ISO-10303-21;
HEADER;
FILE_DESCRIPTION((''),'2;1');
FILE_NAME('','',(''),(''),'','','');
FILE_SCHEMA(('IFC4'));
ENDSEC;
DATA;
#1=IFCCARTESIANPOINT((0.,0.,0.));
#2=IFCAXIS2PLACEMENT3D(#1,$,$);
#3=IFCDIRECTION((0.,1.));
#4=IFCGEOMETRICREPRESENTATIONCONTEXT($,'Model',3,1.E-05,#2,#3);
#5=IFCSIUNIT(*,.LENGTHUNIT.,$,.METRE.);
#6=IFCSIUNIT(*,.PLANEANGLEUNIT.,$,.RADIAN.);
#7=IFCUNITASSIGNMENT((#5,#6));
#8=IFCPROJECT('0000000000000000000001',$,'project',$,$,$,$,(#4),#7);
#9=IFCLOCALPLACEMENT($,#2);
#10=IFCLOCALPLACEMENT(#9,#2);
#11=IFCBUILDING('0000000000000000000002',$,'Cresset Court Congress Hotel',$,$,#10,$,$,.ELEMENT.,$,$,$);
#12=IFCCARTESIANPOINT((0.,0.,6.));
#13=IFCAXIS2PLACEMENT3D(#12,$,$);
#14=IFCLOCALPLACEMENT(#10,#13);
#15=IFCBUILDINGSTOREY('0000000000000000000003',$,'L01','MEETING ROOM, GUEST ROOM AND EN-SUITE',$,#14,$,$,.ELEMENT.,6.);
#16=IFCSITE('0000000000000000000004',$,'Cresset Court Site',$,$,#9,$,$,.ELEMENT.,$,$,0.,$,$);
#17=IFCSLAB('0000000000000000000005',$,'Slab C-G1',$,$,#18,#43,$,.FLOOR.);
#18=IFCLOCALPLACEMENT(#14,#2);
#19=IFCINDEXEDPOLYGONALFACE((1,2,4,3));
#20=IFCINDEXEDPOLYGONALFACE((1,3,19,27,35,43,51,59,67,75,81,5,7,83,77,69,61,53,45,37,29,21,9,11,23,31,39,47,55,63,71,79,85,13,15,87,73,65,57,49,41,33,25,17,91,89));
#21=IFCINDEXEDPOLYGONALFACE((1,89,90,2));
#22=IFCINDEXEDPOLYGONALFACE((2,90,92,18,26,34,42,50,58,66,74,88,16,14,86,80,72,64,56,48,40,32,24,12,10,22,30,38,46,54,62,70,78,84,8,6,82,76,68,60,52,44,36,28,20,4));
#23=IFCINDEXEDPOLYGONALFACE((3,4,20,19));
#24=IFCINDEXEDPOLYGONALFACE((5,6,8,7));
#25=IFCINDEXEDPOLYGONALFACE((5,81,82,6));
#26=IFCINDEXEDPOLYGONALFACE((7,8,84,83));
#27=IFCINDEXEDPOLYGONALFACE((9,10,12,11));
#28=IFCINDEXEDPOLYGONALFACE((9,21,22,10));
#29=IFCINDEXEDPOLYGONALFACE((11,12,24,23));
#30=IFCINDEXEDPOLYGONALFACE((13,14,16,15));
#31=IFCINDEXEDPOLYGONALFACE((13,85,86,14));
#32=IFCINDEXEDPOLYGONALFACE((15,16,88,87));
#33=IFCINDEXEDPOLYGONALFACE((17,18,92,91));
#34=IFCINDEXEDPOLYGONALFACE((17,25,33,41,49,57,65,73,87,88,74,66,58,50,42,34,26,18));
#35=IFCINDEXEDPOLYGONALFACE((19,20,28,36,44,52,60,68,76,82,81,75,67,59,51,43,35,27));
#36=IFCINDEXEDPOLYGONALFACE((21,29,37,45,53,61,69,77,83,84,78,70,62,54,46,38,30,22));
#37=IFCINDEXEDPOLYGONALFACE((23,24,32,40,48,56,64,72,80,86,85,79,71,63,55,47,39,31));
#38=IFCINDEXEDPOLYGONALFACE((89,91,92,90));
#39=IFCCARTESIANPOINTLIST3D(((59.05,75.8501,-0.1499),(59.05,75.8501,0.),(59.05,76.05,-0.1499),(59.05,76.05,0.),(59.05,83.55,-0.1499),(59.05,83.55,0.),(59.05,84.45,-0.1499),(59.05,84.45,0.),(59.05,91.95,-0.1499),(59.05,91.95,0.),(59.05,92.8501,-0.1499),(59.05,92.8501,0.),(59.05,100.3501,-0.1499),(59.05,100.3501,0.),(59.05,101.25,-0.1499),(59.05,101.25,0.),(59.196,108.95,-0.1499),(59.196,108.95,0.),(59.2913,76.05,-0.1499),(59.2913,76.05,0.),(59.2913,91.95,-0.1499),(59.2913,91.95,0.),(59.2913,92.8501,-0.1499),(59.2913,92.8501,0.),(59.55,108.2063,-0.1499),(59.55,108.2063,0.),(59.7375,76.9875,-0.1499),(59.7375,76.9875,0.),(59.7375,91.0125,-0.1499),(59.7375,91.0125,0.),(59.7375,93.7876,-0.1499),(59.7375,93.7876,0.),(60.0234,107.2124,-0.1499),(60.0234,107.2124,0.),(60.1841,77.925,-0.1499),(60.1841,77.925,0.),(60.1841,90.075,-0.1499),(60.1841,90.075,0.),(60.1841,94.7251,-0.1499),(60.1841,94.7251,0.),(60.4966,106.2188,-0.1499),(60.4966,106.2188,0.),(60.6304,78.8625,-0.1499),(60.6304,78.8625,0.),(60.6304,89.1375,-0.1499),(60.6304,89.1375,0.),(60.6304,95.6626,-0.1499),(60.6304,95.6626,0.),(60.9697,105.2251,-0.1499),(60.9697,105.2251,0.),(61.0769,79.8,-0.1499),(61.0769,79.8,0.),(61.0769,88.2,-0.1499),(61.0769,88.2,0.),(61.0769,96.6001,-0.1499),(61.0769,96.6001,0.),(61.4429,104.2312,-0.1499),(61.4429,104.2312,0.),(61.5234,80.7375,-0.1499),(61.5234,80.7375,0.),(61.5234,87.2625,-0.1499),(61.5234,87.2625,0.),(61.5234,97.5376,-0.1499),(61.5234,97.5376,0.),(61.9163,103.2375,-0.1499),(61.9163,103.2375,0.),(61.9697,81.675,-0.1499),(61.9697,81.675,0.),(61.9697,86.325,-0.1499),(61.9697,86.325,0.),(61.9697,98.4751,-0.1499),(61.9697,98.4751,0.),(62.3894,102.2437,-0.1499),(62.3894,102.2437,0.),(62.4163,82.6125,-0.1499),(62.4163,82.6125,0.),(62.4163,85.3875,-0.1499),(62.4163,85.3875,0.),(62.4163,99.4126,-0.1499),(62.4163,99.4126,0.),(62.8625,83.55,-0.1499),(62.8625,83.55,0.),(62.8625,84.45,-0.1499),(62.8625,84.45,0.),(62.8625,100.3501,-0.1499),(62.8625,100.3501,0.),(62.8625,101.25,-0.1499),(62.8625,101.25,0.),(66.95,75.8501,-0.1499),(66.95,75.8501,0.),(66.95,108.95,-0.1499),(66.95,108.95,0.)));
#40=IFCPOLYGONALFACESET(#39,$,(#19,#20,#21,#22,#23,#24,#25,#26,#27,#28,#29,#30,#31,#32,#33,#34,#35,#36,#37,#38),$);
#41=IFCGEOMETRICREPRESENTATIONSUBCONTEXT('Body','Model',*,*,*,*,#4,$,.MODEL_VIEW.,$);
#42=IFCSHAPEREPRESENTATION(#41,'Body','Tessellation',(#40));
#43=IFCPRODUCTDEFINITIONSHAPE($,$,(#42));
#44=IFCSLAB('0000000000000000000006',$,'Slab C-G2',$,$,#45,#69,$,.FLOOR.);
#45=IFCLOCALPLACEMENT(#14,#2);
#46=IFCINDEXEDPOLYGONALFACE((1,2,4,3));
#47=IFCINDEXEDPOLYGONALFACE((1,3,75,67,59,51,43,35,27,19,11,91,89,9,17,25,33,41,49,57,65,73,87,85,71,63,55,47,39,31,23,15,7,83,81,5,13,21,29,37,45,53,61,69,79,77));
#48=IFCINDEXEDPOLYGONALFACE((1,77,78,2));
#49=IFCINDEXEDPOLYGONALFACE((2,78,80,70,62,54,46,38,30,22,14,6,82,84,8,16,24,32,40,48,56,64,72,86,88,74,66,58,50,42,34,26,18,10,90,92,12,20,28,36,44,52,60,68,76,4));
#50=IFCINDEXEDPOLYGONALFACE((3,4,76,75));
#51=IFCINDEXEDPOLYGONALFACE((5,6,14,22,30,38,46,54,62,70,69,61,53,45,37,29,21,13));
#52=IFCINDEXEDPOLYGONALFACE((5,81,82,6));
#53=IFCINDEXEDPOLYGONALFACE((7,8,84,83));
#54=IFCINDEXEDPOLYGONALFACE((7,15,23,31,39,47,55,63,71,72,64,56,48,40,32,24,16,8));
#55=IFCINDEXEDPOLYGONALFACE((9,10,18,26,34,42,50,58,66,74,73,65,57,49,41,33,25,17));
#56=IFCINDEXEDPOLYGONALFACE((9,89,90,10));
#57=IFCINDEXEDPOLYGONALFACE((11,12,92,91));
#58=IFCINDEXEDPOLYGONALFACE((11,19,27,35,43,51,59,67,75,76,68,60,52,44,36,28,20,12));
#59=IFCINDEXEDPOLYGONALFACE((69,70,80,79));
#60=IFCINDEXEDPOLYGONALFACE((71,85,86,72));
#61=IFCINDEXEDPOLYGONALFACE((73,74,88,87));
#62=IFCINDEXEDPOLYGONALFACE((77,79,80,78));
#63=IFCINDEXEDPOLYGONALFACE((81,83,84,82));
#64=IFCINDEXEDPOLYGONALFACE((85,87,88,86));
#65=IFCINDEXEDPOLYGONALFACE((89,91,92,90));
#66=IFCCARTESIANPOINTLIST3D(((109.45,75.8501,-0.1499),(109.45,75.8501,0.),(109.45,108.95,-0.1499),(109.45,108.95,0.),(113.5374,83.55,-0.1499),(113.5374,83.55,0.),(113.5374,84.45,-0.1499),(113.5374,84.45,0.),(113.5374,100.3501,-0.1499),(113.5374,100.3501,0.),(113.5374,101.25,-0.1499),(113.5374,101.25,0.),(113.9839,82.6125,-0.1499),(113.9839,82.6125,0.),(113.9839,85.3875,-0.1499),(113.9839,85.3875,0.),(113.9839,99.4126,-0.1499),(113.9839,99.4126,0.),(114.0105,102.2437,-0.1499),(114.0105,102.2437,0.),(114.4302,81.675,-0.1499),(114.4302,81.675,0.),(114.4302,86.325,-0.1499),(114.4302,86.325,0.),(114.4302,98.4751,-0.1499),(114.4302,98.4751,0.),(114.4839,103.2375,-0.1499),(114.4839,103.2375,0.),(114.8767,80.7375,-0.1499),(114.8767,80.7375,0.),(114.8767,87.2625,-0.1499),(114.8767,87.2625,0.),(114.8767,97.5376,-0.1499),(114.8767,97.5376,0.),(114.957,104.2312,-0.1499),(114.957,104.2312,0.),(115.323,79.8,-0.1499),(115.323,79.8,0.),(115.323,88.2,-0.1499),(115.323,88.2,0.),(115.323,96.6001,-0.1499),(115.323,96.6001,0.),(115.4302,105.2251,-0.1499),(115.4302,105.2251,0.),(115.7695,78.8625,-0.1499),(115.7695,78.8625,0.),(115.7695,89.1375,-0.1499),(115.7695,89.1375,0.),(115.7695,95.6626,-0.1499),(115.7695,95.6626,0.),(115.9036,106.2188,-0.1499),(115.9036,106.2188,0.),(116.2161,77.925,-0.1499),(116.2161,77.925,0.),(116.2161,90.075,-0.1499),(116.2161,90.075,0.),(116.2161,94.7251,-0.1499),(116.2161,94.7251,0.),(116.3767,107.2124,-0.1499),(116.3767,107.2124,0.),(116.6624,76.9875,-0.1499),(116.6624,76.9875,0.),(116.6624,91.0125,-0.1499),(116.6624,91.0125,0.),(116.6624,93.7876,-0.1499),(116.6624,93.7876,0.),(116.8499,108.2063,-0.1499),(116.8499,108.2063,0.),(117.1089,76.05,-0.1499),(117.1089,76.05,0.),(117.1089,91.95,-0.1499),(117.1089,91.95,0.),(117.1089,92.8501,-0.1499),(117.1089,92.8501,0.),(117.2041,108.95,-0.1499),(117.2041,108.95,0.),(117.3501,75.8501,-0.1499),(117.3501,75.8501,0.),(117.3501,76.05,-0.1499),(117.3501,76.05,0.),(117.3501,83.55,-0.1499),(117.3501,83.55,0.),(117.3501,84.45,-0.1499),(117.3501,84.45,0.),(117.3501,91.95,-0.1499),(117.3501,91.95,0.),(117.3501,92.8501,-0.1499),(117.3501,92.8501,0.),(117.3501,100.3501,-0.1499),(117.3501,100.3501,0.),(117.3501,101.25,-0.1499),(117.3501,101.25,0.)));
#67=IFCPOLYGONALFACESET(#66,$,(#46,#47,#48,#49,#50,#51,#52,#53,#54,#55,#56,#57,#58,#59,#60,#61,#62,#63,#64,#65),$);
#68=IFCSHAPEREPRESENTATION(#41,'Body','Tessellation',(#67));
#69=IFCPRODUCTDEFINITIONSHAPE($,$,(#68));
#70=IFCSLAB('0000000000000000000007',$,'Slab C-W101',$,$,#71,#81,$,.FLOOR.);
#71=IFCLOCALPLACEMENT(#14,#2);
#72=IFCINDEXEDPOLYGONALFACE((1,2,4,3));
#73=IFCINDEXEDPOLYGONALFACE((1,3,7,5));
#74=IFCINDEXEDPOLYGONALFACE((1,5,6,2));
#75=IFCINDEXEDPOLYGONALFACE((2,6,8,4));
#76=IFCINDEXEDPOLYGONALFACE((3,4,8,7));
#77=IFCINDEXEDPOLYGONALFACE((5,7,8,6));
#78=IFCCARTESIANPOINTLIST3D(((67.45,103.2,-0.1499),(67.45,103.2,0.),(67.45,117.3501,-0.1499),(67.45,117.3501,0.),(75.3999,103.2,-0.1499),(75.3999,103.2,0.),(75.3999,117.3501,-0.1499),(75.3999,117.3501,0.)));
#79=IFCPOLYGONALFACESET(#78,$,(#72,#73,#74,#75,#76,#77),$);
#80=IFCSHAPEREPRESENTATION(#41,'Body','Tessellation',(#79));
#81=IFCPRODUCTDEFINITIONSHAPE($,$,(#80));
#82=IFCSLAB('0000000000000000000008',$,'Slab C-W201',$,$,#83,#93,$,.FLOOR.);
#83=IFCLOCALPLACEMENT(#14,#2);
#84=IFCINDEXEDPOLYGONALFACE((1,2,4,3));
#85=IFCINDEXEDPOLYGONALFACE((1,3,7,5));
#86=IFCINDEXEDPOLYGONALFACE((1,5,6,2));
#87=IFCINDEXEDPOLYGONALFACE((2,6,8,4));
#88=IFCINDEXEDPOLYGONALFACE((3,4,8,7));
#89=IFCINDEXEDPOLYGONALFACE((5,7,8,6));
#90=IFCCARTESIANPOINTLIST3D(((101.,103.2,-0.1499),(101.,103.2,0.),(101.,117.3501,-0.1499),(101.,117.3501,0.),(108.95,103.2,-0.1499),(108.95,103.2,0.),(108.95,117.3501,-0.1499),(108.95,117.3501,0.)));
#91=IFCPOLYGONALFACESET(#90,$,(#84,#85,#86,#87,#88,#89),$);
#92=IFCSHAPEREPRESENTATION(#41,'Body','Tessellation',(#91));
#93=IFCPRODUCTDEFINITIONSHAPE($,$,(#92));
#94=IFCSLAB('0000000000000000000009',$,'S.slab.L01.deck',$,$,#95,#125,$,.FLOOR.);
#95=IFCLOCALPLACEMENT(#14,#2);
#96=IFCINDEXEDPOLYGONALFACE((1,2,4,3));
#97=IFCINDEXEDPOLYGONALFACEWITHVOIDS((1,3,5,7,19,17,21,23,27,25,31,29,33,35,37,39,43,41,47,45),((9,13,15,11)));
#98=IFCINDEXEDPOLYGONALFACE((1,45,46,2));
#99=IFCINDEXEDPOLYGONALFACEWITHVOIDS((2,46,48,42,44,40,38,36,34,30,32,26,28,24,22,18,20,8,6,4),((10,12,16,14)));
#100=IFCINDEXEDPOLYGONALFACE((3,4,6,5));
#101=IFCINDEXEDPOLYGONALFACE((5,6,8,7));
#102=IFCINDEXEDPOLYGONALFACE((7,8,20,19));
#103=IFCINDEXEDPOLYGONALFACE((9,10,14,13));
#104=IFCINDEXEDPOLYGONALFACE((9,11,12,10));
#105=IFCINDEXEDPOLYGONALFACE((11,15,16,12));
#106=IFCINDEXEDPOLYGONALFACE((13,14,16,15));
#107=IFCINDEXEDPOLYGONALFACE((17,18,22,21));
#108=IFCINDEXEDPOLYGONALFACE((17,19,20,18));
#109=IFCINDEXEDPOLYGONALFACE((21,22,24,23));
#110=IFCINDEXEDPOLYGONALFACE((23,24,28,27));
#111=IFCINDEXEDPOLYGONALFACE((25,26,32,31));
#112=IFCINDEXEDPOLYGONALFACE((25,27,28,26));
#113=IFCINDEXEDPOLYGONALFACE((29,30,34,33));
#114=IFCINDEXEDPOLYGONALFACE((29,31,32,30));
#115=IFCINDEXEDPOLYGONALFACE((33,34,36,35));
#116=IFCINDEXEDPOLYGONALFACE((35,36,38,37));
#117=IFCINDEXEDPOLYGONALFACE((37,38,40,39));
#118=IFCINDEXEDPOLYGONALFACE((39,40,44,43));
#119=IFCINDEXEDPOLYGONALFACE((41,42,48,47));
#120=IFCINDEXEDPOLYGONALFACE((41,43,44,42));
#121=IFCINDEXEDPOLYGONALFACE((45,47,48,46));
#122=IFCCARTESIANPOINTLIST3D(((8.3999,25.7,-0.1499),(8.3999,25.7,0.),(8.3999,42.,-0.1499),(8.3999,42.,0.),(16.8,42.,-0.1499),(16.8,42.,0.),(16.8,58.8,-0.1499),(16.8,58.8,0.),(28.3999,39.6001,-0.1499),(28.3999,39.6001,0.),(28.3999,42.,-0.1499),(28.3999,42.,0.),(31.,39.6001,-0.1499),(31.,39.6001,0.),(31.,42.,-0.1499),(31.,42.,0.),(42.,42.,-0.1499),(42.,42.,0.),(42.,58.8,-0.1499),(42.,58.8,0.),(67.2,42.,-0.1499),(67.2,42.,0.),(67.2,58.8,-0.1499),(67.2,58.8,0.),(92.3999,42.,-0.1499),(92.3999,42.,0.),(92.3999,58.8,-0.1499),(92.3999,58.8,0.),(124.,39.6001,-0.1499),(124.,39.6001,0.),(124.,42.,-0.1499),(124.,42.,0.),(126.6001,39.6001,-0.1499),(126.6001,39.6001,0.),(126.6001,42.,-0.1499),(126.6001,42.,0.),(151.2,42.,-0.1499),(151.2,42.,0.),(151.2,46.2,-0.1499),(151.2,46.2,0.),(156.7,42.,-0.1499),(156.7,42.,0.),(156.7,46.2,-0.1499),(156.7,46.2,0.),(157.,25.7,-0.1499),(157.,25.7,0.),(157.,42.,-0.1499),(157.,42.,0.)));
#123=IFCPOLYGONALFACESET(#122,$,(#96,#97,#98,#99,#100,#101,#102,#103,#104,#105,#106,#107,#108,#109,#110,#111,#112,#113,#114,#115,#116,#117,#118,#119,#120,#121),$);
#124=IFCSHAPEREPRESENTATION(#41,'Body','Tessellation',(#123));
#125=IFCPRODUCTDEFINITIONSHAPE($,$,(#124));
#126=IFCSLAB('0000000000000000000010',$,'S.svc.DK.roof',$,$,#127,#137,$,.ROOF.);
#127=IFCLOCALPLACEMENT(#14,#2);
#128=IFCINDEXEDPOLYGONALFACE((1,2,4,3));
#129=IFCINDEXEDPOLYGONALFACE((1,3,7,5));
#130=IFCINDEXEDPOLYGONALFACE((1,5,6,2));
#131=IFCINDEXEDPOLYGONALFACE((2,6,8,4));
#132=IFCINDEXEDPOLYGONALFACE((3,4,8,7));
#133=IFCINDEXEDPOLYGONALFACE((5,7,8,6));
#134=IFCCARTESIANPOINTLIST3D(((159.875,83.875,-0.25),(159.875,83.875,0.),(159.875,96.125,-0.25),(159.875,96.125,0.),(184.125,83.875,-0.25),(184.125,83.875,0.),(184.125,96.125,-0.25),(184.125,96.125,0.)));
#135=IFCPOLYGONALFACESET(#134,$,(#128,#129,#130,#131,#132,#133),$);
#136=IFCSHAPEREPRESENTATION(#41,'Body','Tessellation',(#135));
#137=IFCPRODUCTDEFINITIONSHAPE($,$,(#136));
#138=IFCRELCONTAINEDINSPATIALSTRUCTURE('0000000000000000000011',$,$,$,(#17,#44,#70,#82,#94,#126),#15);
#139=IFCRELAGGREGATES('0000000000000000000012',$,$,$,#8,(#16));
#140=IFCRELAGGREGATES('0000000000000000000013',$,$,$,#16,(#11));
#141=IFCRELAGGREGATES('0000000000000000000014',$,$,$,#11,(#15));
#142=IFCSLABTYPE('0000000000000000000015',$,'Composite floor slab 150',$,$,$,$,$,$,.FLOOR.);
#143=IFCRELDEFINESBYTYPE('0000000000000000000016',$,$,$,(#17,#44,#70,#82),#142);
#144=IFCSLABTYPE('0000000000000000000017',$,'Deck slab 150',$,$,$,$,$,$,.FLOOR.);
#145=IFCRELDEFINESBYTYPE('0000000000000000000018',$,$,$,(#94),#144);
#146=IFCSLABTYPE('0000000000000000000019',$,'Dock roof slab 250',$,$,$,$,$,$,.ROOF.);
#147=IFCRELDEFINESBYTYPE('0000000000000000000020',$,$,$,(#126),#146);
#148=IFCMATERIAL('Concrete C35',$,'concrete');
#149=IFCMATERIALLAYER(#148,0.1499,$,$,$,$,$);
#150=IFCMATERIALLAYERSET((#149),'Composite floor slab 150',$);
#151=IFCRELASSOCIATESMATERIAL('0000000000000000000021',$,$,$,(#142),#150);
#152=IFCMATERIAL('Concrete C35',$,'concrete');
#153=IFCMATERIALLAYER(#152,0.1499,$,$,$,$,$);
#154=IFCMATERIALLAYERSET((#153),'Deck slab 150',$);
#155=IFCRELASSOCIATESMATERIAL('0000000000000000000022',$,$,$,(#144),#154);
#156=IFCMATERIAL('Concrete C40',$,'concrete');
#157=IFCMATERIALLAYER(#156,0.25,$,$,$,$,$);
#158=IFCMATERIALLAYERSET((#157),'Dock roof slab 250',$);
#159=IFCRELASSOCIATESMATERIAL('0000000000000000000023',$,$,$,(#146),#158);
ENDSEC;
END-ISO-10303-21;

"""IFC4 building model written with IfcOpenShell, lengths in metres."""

from ifc_helpers import new_model, si_unit, direction, frame, origin, place, context, subcontext, project, spatial, polyline, outline, extrude, material, layer, layer_set, type_object, element, save


model = new_model("IFC4")

# Units and contexts
model_context = context("Model", 3, precision=1e-05, world=origin(), true_north=direction((0.0, 1.0)))
body_context = subcontext(model_context, "Body", "Model", "MODEL_VIEW")
ifc_project = project(units=[si_unit("LENGTHUNIT", "METRE"), si_unit("PLANEANGLEUNIT", "RADIAN")], contexts=[model_context])

# Site, building, storey
site_placement = place(None, origin())
site = spatial("IfcSite", under=ifc_project, at=site_placement, Name="Cresset Court Site", CompositionType="ELEMENT", RefElevation=0.0)
building_placement = place(site_placement, origin())
building = spatial("IfcBuilding", under=site, at=building_placement, Name="Cresset Court Congress Hotel", CompositionType="ELEMENT")
storey_placement = place(building_placement, frame((0.0, 0.0, 6.0)))
storey = spatial("IfcBuildingStorey", under=building, at=storey_placement, Name="L01", Description="MEETING ROOM, GUEST ROOM AND EN-SUITE", CompositionType="ELEMENT", Elevation=6.0)

# Slabs
ifc_material_1 = material(Name="Concrete C35", Category="concrete")
ifc_layer_1 = layer(ifc_material_1, 0.1499)
ifc_layer_set_1 = layer_set([ifc_layer_1], Name="Composite floor slab 150")
slab_type_1 = type_object("IfcSlabType", Name="Composite floor slab 150", PredefinedType="FLOOR", material=ifc_layer_set_1)
slab_1_placement = place(storey_placement, frame((0.0, 0.0, -0.1499)))
element("IfcSlab", 1, at=slab_1_placement, inside=storey, type_object=slab_type_1, Name="Slab C-G1", PredefinedType="FLOOR", context=body_context, shape_type="SweptSolid", body=[
    extrude(outline(polyline([(66.95, 108.95), (66.95, 75.8501), (59.05, 75.8501), (59.05, 76.05), (59.2913, 76.05), (59.7375, 76.9875), (60.1841, 77.925), (60.6304, 78.8625), (61.0769, 79.8), (61.5234, 80.7375), (61.9697, 81.675), (62.4163, 82.6125), (62.8625, 83.55), (59.05, 83.55), (59.05, 84.45), (62.8625, 84.45), (62.4163, 85.3875), (61.9697, 86.325), (61.5234, 87.2625), (61.0769, 88.2), (60.6304, 89.1375), (60.1841, 90.075), (59.7375, 91.0125), (59.2913, 91.95), (59.05, 91.95), (59.05, 92.8501), (59.2913, 92.8501), (59.7375, 93.7876), (60.1841, 94.7251), (60.6304, 95.6626), (61.0769, 96.6001), (61.5234, 97.5376), (61.9697, 98.4751), (62.4163, 99.4126), (62.8625, 100.3501), (59.05, 100.3501), (59.05, 101.25), (62.8625, 101.25), (62.3894, 102.2437), (61.9163, 103.2375), (61.4429, 104.2312), (60.9697, 105.2251), (60.4966, 106.2188), (60.0234, 107.2124), (59.55, 108.2063), (59.196, 108.95), (66.95, 108.95)])), origin(), (0.0, 0.0, 1.0), 0.1499),
])
slab_2_placement = place(storey_placement, frame((0.0, 0.0, -0.1499)))
element("IfcSlab", 2, at=slab_2_placement, inside=storey, type_object=slab_type_1, Name="Slab C-G2", PredefinedType="FLOOR", context=body_context, shape_type="SweptSolid", body=[
    extrude(outline(polyline([(109.45, 108.95), (117.2041, 108.95), (116.8499, 108.2063), (116.3767, 107.2124), (115.9036, 106.2188), (115.4302, 105.2251), (114.957, 104.2312), (114.4839, 103.2375), (114.0105, 102.2437), (113.5374, 101.25), (117.3501, 101.25), (117.3501, 100.3501), (113.5374, 100.3501), (113.9839, 99.4126), (114.4302, 98.4751), (114.8767, 97.5376), (115.323, 96.6001), (115.7695, 95.6626), (116.2161, 94.7251), (116.6624, 93.7876), (117.1089, 92.8501), (117.3501, 92.8501), (117.3501, 91.95), (117.1089, 91.95), (116.6624, 91.0125), (116.2161, 90.075), (115.7695, 89.1375), (115.323, 88.2), (114.8767, 87.2625), (114.4302, 86.325), (113.9839, 85.3875), (113.5374, 84.45), (117.3501, 84.45), (117.3501, 83.55), (113.5374, 83.55), (113.9839, 82.6125), (114.4302, 81.675), (114.8767, 80.7375), (115.323, 79.8), (115.7695, 78.8625), (116.2161, 77.925), (116.6624, 76.9875), (117.1089, 76.05), (117.3501, 76.05), (117.3501, 75.8501), (109.45, 75.8501), (109.45, 108.95)])), origin(), (0.0, 0.0, 1.0), 0.1499),
])
slab_3_placement = place(storey_placement, frame((0.0, 0.0, -0.1499)))
element("IfcSlab", 3, at=slab_3_placement, inside=storey, type_object=slab_type_1, Name="Slab C-W101", PredefinedType="FLOOR", context=body_context, shape_type="SweptSolid", body=[
    extrude(outline(polyline([(75.3999, 103.2), (75.3999, 117.3501), (67.45, 117.3501), (67.45, 103.2), (75.3999, 103.2)])), origin(), (0.0, 0.0, 1.0), 0.1499),
])
slab_4_placement = place(storey_placement, frame((0.0, 0.0, -0.1499)))
element("IfcSlab", 4, at=slab_4_placement, inside=storey, type_object=slab_type_1, Name="Slab C-W201", PredefinedType="FLOOR", context=body_context, shape_type="SweptSolid", body=[
    extrude(outline(polyline([(108.95, 103.2), (108.95, 117.3501), (101.0, 117.3501), (101.0, 103.2), (108.95, 103.2)])), origin(), (0.0, 0.0, 1.0), 0.1499),
])
ifc_material_2 = material(Name="Concrete C35", Category="concrete")
ifc_layer_2 = layer(ifc_material_2, 0.1499)
ifc_layer_set_2 = layer_set([ifc_layer_2], Name="Deck slab 150")
slab_type_2 = type_object("IfcSlabType", Name="Deck slab 150", PredefinedType="FLOOR", material=ifc_layer_set_2)
slab_5_placement = place(storey_placement, frame((0.0, 0.0, -0.1499)))
element("IfcSlab", 5, at=slab_5_placement, inside=storey, type_object=slab_type_2, Name="S.slab.L01.deck", PredefinedType="FLOOR", context=body_context, shape_type="SweptSolid", body=[
    extrude(outline(polyline([(151.2, 42.0), (151.2, 46.2), (156.7, 46.2), (156.7, 42.0), (157.0, 42.0), (157.0, 25.7), (8.3999, 25.7), (8.3999, 42.0), (16.8, 42.0), (16.8, 58.8), (42.0, 58.8), (42.0, 42.0), (67.2, 42.0), (67.2, 58.8), (92.3999, 58.8), (92.3999, 42.0), (124.0, 42.0), (124.0, 39.6001), (126.6001, 39.6001), (126.6001, 42.0), (151.2, 42.0)]), holes=[polyline([(28.3999, 39.6001), (31.0, 39.6001), (31.0, 42.0), (28.3999, 42.0), (28.3999, 39.6001)])]), origin(), (0.0, 0.0, 1.0), 0.1499),
])
ifc_material_3 = material(Name="Concrete C40", Category="concrete")
ifc_layer_3 = layer(ifc_material_3, 0.25)
ifc_layer_set_3 = layer_set([ifc_layer_3], Name="Dock roof slab 250")
slab_type_3 = type_object("IfcSlabType", Name="Dock roof slab 250", PredefinedType="ROOF", material=ifc_layer_set_3)
slab_6_placement = place(storey_placement, frame((0.0, 0.0, -0.25)))
element("IfcSlab", 6, at=slab_6_placement, inside=storey, type_object=slab_type_3, Name="S.svc.DK.roof", PredefinedType="ROOF", context=body_context, shape_type="SweptSolid", body=[
    extrude(outline(polyline([(159.875, 83.875), (184.125, 83.875), (184.125, 96.125), (159.875, 96.125), (159.875, 83.875)])), origin(), (0.0, 0.0, 1.0), 0.25),
])

save(model, "model.ifc")
